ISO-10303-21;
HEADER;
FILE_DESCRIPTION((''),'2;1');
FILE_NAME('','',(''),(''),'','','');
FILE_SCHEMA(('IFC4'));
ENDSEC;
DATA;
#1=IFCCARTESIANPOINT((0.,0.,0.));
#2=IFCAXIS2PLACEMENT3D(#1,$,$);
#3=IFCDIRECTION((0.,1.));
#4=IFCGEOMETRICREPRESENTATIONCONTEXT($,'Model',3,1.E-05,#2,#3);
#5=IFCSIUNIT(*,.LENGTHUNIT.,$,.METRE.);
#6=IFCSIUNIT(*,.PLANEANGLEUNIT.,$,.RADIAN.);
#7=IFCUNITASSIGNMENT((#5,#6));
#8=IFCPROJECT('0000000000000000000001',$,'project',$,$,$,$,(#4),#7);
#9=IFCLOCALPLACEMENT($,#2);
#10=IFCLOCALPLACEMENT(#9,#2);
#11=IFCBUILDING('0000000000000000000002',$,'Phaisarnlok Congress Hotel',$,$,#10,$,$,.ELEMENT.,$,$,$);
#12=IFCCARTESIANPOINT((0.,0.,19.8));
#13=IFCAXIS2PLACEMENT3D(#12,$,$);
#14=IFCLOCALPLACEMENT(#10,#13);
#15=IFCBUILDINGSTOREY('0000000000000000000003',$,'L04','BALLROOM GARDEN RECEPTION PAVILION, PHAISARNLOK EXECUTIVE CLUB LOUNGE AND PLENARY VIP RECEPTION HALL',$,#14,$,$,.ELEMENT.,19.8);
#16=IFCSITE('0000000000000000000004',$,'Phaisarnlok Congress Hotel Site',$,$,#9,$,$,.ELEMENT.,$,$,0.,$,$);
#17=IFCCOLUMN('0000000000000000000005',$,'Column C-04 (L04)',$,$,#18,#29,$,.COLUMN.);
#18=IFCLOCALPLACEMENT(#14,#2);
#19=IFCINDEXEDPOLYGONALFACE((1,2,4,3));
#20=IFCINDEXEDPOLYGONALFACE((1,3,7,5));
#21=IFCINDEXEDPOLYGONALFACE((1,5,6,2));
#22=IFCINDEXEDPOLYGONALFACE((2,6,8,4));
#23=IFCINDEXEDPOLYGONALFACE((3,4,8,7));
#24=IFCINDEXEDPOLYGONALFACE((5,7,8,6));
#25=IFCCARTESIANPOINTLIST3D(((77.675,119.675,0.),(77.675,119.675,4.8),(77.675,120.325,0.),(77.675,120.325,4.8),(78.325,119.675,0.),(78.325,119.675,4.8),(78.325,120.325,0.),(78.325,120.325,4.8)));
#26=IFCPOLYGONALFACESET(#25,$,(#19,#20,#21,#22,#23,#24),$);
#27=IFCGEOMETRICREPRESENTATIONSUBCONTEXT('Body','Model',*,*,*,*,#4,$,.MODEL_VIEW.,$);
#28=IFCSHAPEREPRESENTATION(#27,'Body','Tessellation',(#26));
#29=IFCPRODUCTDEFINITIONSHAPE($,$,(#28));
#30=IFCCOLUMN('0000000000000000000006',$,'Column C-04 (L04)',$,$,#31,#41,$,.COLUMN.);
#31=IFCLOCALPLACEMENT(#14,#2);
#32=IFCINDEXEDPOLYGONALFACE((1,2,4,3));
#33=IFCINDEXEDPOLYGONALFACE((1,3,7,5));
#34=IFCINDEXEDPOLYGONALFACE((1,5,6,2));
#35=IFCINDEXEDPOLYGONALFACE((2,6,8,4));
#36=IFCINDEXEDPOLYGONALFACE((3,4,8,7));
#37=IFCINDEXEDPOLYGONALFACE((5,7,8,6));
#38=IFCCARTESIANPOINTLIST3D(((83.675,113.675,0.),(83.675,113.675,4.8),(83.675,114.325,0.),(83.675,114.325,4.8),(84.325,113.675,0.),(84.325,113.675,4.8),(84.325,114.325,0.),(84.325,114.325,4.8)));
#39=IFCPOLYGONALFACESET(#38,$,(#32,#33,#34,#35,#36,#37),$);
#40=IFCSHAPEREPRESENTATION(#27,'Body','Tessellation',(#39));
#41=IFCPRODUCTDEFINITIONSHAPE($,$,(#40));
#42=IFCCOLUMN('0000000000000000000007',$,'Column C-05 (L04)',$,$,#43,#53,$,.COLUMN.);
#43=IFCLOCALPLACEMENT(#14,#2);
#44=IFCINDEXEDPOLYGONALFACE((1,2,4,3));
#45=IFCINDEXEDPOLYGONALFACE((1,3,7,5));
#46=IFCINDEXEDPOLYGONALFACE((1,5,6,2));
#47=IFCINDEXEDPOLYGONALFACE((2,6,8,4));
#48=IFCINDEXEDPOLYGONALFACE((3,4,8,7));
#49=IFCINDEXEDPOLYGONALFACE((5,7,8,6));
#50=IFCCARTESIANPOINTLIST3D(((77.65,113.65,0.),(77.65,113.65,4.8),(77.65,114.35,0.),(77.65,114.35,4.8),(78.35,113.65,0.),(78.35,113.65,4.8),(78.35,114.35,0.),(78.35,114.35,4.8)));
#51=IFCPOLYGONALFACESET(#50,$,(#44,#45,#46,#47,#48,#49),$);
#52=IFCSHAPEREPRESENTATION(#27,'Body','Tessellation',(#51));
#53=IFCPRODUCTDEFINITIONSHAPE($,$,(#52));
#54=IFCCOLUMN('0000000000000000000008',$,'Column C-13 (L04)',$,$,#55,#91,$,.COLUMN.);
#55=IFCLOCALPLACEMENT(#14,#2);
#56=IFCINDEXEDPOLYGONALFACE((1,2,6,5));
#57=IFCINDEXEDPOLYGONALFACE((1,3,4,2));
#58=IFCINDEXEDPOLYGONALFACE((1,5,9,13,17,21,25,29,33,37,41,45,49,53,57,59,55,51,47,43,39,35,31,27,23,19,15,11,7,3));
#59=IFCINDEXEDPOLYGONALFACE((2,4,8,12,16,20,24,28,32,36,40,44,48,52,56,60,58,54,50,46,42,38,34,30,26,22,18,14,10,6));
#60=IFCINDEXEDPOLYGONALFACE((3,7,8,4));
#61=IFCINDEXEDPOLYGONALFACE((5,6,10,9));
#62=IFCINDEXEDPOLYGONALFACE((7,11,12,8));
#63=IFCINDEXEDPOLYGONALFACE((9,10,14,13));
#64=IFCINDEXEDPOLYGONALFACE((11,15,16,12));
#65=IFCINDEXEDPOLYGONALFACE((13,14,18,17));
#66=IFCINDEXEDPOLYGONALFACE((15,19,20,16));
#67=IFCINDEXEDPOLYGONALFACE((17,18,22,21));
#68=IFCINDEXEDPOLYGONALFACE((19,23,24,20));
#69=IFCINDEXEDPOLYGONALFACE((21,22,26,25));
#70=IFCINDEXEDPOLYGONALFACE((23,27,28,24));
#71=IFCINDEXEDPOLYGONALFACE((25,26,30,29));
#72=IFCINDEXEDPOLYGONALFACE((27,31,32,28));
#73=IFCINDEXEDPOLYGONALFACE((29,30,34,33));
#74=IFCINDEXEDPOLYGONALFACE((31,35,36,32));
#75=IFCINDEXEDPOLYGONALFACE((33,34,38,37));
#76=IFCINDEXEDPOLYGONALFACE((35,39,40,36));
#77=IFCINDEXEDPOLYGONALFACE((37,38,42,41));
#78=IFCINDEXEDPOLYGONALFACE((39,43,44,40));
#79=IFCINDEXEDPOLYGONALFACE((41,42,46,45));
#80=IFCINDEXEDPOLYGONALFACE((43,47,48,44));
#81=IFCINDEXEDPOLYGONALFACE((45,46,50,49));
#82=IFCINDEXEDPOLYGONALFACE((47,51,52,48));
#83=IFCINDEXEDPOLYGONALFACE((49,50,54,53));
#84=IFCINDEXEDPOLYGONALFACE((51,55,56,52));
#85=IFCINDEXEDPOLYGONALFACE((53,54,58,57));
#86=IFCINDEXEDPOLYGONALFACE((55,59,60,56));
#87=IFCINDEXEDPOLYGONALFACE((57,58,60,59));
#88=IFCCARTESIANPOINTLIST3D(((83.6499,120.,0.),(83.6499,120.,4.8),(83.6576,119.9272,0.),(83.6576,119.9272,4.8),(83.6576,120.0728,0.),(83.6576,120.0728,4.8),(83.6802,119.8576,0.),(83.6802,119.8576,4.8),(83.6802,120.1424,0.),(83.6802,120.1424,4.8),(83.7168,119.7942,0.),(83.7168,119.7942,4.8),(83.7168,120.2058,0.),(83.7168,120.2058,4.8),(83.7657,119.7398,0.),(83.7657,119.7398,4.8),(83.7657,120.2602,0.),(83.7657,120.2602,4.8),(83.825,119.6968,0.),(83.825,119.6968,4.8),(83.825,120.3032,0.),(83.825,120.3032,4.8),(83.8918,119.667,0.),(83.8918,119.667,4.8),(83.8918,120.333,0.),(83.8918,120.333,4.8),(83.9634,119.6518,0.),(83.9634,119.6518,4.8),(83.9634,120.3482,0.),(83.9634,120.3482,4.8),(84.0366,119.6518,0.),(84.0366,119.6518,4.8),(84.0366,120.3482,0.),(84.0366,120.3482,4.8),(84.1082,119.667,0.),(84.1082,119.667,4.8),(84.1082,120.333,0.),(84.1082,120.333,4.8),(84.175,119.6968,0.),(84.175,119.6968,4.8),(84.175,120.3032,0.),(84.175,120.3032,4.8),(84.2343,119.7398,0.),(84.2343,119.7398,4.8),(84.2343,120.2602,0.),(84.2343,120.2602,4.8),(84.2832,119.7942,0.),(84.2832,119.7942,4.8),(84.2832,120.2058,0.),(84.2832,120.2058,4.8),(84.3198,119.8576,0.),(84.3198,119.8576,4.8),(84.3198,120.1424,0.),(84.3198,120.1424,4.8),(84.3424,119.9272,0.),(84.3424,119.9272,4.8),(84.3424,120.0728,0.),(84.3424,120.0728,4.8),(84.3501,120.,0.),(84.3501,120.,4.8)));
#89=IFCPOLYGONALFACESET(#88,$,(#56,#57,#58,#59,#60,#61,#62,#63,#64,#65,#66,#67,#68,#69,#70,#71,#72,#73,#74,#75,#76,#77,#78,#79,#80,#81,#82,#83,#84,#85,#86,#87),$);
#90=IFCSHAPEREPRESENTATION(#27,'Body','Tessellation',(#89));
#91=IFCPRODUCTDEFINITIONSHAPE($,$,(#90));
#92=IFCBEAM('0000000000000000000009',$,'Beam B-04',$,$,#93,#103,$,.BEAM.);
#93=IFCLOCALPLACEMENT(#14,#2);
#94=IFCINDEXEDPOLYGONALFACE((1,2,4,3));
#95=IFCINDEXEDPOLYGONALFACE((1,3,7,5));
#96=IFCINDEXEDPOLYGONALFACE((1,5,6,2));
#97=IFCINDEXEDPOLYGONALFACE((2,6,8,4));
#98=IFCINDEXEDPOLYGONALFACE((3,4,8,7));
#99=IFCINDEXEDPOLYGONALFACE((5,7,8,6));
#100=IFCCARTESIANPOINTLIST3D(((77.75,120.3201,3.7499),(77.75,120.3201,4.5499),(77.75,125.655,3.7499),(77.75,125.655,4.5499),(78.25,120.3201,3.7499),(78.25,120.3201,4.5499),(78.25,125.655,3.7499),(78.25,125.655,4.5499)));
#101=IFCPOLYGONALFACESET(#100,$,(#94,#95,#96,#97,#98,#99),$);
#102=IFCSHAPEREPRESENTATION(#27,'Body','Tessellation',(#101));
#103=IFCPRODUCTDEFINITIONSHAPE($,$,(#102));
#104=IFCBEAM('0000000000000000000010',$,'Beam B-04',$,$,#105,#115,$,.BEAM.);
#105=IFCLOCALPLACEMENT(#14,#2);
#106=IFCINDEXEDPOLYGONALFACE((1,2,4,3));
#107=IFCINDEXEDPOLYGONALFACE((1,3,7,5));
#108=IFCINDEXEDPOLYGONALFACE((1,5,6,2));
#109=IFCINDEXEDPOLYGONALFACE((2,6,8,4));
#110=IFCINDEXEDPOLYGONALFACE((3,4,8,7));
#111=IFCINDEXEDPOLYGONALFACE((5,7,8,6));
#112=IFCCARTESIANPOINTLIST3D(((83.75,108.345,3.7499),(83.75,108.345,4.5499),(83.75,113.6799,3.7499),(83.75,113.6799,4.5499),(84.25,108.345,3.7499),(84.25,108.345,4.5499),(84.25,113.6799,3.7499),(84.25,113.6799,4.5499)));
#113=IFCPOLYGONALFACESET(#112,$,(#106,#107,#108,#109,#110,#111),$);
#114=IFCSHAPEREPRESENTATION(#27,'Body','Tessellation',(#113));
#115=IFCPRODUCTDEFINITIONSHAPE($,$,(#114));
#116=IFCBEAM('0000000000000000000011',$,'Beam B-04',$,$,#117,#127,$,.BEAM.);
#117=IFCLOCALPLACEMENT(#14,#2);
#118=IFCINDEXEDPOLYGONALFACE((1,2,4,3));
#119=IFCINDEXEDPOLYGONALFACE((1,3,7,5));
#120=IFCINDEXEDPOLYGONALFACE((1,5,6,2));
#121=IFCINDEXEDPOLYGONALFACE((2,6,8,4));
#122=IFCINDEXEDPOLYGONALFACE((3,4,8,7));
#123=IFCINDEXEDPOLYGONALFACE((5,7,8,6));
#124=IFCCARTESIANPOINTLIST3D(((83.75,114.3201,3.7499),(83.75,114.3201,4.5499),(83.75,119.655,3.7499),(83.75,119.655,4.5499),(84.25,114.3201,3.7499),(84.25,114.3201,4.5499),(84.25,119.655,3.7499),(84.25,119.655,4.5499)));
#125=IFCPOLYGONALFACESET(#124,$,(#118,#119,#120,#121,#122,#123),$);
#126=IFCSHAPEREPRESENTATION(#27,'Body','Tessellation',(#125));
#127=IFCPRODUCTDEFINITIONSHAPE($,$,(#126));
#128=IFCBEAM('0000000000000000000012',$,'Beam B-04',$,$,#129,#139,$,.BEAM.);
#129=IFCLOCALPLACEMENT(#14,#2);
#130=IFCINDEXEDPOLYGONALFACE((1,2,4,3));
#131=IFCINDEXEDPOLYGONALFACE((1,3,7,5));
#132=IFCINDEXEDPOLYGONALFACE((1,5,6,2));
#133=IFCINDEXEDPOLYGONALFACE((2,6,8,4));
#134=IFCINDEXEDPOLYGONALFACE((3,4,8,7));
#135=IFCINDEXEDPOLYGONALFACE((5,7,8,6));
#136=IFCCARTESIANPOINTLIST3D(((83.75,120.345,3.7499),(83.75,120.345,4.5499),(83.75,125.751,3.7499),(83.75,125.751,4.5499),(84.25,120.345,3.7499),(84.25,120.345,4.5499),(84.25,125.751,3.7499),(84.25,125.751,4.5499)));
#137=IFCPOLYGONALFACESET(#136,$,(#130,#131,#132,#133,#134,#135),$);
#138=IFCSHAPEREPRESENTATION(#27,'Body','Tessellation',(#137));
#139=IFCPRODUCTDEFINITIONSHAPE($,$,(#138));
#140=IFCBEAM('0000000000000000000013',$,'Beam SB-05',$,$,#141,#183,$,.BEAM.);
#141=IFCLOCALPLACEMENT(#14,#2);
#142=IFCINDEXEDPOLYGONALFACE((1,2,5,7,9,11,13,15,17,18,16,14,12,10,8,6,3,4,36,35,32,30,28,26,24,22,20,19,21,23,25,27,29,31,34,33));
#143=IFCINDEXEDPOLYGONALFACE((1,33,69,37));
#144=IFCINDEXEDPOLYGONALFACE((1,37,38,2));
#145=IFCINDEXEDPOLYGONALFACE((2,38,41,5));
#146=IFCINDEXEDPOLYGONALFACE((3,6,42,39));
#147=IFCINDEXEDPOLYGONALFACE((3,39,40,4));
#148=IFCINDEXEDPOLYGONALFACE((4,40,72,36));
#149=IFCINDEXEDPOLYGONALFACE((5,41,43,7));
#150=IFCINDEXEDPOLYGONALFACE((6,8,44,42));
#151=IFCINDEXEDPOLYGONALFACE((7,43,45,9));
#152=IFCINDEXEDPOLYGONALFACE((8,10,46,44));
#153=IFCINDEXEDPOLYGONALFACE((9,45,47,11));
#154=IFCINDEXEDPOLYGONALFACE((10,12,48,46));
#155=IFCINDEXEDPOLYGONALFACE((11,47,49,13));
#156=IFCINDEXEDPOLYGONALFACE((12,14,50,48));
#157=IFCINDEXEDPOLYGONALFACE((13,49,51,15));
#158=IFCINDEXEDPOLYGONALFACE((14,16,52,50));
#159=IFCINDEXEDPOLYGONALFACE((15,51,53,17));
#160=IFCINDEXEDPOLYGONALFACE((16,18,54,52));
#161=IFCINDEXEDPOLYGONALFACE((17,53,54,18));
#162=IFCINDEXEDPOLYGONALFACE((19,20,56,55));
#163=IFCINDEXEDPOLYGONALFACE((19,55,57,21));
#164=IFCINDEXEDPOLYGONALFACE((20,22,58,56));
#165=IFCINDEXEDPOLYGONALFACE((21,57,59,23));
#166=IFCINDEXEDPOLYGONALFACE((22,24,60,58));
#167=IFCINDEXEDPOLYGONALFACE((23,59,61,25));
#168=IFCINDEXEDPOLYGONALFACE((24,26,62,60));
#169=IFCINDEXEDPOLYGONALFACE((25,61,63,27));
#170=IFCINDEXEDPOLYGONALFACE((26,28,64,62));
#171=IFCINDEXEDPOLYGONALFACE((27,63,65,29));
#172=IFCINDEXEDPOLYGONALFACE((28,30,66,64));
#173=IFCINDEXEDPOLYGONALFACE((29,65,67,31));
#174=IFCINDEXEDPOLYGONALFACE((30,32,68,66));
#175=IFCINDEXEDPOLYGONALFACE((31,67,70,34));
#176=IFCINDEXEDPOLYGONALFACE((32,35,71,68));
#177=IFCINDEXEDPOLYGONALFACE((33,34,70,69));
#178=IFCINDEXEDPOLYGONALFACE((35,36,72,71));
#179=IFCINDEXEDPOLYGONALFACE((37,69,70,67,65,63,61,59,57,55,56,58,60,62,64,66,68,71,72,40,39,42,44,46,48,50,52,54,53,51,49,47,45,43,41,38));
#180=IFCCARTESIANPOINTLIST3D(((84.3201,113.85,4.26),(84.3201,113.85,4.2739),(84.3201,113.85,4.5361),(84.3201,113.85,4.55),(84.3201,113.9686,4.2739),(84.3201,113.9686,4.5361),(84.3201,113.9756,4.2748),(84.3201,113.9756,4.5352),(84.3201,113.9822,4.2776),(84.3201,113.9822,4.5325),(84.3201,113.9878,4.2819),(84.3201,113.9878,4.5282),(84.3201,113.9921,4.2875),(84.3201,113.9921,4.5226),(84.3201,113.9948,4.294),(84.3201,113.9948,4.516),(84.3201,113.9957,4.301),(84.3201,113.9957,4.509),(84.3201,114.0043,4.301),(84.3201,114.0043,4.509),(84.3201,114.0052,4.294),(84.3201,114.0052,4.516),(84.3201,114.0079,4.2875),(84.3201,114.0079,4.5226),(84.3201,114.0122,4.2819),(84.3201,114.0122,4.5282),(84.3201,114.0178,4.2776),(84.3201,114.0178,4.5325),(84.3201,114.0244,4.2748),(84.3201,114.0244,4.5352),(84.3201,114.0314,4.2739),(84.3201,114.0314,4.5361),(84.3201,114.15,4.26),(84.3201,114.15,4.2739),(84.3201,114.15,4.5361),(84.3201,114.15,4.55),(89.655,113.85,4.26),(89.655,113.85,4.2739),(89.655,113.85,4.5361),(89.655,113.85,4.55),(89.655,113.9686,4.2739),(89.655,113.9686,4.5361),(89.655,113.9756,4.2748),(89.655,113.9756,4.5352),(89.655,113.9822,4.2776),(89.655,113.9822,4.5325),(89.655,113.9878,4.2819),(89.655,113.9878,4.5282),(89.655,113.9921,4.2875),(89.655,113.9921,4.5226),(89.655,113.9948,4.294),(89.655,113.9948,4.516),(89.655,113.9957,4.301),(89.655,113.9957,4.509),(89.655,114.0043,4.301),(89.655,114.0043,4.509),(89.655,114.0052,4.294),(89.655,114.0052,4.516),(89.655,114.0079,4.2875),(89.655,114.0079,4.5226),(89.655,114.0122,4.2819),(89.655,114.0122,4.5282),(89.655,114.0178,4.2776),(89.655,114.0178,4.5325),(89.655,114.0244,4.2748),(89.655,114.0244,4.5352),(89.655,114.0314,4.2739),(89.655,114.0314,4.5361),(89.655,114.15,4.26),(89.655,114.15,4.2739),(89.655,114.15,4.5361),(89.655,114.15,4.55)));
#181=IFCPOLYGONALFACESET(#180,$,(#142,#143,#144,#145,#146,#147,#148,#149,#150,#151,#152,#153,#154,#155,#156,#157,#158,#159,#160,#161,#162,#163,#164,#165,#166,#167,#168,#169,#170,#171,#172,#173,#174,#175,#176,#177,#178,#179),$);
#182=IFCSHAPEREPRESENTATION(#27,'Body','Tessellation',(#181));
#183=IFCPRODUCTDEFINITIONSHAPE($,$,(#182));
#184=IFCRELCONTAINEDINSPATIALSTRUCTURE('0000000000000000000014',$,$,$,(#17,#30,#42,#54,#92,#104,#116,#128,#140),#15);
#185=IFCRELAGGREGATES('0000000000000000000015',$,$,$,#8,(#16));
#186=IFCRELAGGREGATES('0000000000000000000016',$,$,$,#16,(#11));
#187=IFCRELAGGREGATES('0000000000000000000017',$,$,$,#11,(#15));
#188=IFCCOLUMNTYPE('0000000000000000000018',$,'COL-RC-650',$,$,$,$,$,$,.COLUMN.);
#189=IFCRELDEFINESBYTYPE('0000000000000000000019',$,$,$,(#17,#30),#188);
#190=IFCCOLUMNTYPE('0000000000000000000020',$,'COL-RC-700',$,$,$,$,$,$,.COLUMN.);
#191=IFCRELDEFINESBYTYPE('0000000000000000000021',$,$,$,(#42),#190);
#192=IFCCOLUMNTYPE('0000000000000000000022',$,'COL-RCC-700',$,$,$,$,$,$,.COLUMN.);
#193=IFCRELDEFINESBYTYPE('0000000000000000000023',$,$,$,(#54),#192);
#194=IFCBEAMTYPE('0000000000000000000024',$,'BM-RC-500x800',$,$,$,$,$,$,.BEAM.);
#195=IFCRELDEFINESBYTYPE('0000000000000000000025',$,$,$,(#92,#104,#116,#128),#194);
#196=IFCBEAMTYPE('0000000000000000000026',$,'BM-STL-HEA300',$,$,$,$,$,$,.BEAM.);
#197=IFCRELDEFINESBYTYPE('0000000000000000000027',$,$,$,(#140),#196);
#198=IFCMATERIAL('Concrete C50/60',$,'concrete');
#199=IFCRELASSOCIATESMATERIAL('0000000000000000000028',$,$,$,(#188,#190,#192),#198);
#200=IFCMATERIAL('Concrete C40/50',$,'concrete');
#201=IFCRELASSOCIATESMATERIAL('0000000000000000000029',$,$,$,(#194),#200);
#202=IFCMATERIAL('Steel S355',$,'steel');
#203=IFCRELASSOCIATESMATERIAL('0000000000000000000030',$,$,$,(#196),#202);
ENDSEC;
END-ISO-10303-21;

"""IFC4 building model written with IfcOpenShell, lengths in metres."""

from ifc_helpers import new_model, si_unit, direction, frame, origin, origin_2d, place, context, subcontext, project, spatial, rectangle, circle, i_section, extrude, material, material_profile, profile_set, type_object, element, save


model = new_model("IFC4")

# Units and contexts
model_context = context("Model", 3, precision=1e-05, world=origin(), true_north=direction((0.0, 1.0)))
body_context = subcontext(model_context, "Body", "Model", "MODEL_VIEW")
ifc_project = project(units=[si_unit("LENGTHUNIT", "METRE"), si_unit("PLANEANGLEUNIT", "RADIAN")], contexts=[model_context])

# Site, building, storey
site_placement = place(None, origin())
site = spatial("IfcSite", under=ifc_project, at=site_placement, Name="Phaisarnlok Congress Hotel Site", CompositionType="ELEMENT", RefElevation=0.0)
building_placement = place(site_placement, origin())
building = spatial("IfcBuilding", under=site, at=building_placement, Name="Phaisarnlok Congress Hotel", CompositionType="ELEMENT")
storey_placement = place(building_placement, frame((0.0, 0.0, 19.8)))
storey = spatial("IfcBuildingStorey", under=building, at=storey_placement, Name="L04", Description="BALLROOM GARDEN RECEPTION PAVILION, PHAISARNLOK EXECUTIVE CLUB LOUNGE AND PLENARY VIP RECEPTION HALL", CompositionType="ELEMENT", Elevation=19.8)

# Columns
ifc_material_1 = material(Name="Concrete C50/60", Category="concrete")
ifc_material_profile_1 = material_profile(ifc_material_1, rectangle(XDim=0.6499, YDim=0.6499, at=origin_2d()), Name="RC 650x650")
ifc_profile_set_1 = profile_set([ifc_material_profile_1], Name="Concrete C50/60")
column_type_1 = type_object("IfcColumnType", Name="COL-RC-650", PredefinedType="COLUMN", material=ifc_profile_set_1)
for number, where, z_axis, x_axis, name in (
    (1, (78.0, 120.0, 0.0), (0.0, 0.0, 1.0), (1.0, 0.0, 0.0), "Column C-04 (L04)"),
    (2, (84.0, 114.0, 0.0), (0.0, 0.0, 1.0), (1.0, 0.0, 0.0), "Column C-04 (L04)"),
):
    element("IfcColumn", number, at=place(storey_placement, frame(where, z_axis=z_axis, x_axis=x_axis)), inside=storey, type_object=column_type_1, Name=name, PredefinedType="COLUMN", context=body_context, shape_type="SweptSolid", body=[
        extrude(rectangle(XDim=0.6499, YDim=0.6499, at=origin_2d()), origin(), (0.0, 0.0, 1.0), 4.8),
    ])
ifc_material_profile_2 = material_profile(ifc_material_1, rectangle(XDim=0.7, YDim=0.7, at=origin_2d()), Name="RC 700x700")
ifc_profile_set_2 = profile_set([ifc_material_profile_2], Name="Concrete C50/60")
column_type_2 = type_object("IfcColumnType", Name="COL-RC-700", PredefinedType="COLUMN", material=ifc_profile_set_2)
column_1_placement = place(storey_placement, frame((78.0, 114.0, 0.0), z_axis=(0.0, 0.0, 1.0), x_axis=(1.0, 0.0, 0.0)))
element("IfcColumn", 3, at=column_1_placement, inside=storey, type_object=column_type_2, Name="Column C-05 (L04)", PredefinedType="COLUMN", context=body_context, shape_type="SweptSolid", body=[
    extrude(rectangle(XDim=0.7, YDim=0.7, at=origin_2d()), origin(), (0.0, 0.0, 1.0), 4.8),
])
ifc_material_profile_3 = material_profile(ifc_material_1, circle(Radius=0.3501, at=origin_2d()), Name="RCC D700")
ifc_profile_set_3 = profile_set([ifc_material_profile_3], Name="Concrete C50/60")
column_type_3 = type_object("IfcColumnType", Name="COL-RCC-700", PredefinedType="COLUMN", material=ifc_profile_set_3)
column_2_placement = place(storey_placement, frame((84.0, 120.0, 0.0), z_axis=(0.0, 0.0, 1.0), x_axis=(1.0, 0.0, 0.0)))
element("IfcColumn", 4, at=column_2_placement, inside=storey, type_object=column_type_3, Name="Column C-13 (L04)", PredefinedType="COLUMN", context=body_context, shape_type="SweptSolid", body=[
    extrude(circle(Radius=0.3501, at=origin_2d()), origin(), (0.0, 0.0, 1.0), 4.8),
])

# Beams
ifc_material_2 = material(Name="Concrete C40/50", Category="concrete")
ifc_material_profile_4 = material_profile(ifc_material_2, rectangle(XDim=0.5, YDim=0.8, at=origin_2d()), Name="RC 500x800")
ifc_profile_set_4 = profile_set([ifc_material_profile_4], Name="Concrete C40/50")
beam_type_1 = type_object("IfcBeamType", Name="BM-RC-500x800", PredefinedType="BEAM", material=ifc_profile_set_4)
for number, where, z_axis, x_axis, name in (
    (5, (78.0, 120.3201, 4.1499), (0.0, 1.0, 0.0), (-1.0, 0.0, 0.0), "Beam B-04"),
    (6, (84.0, 108.345, 4.1499), (0.0, 1.0, 0.0), (-1.0, 0.0, 0.0), "Beam B-04"),
    (7, (84.0, 114.3201, 4.1499), (0.0, 1.0, 0.0), (-1.0, 0.0, 0.0), "Beam B-04"),
):
    element("IfcBeam", number, at=place(storey_placement, frame(where, z_axis=z_axis, x_axis=x_axis)), inside=storey, type_object=beam_type_1, Name=name, PredefinedType="BEAM", context=body_context, shape_type="SweptSolid", body=[
        extrude(rectangle(XDim=0.5, YDim=0.8, at=origin_2d()), origin(), (0.0, 0.0, 1.0), 5.335),
    ])
beam_1_placement = place(storey_placement, frame((84.0, 120.345, 4.1499), z_axis=(0.0, 1.0, 0.0), x_axis=(-1.0, 0.0, 0.0)))
element("IfcBeam", 8, at=beam_1_placement, inside=storey, type_object=beam_type_1, Name="Beam B-04", PredefinedType="BEAM", context=body_context, shape_type="SweptSolid", body=[
    extrude(rectangle(XDim=0.5, YDim=0.8, at=origin_2d()), origin(), (0.0, 0.0, 1.0), 5.406),
])
ifc_material_3 = material(Name="Steel S355", Category="steel")
ifc_material_profile_5 = material_profile(ifc_material_3, i_section(OverallWidth=0.3, OverallDepth=0.29, WebThickness=0.0085, FlangeThickness=0.0139, FilletRadius=0.0271, at=origin_2d()), Name="HEA 300")
ifc_profile_set_5 = profile_set([ifc_material_profile_5], Name="Steel S355")
beam_type_2 = type_object("IfcBeamType", Name="BM-STL-HEA300", PredefinedType="BEAM", material=ifc_profile_set_5)
beam_2_placement = place(storey_placement, frame((84.3201, 114.0, 4.405), z_axis=(1.0, 0.0, 0.0), x_axis=(0.0, 1.0, 0.0)))
element("IfcBeam", 9, at=beam_2_placement, inside=storey, type_object=beam_type_2, Name="Beam SB-05", PredefinedType="BEAM", context=body_context, shape_type="SweptSolid", body=[
    extrude(i_section(OverallWidth=0.3, OverallDepth=0.29, WebThickness=0.0085, FlangeThickness=0.0139, FilletRadius=0.0271, at=origin_2d()), origin(), (0.0, 0.0, 1.0), 5.335),
])

save(model, "model.ifc")
